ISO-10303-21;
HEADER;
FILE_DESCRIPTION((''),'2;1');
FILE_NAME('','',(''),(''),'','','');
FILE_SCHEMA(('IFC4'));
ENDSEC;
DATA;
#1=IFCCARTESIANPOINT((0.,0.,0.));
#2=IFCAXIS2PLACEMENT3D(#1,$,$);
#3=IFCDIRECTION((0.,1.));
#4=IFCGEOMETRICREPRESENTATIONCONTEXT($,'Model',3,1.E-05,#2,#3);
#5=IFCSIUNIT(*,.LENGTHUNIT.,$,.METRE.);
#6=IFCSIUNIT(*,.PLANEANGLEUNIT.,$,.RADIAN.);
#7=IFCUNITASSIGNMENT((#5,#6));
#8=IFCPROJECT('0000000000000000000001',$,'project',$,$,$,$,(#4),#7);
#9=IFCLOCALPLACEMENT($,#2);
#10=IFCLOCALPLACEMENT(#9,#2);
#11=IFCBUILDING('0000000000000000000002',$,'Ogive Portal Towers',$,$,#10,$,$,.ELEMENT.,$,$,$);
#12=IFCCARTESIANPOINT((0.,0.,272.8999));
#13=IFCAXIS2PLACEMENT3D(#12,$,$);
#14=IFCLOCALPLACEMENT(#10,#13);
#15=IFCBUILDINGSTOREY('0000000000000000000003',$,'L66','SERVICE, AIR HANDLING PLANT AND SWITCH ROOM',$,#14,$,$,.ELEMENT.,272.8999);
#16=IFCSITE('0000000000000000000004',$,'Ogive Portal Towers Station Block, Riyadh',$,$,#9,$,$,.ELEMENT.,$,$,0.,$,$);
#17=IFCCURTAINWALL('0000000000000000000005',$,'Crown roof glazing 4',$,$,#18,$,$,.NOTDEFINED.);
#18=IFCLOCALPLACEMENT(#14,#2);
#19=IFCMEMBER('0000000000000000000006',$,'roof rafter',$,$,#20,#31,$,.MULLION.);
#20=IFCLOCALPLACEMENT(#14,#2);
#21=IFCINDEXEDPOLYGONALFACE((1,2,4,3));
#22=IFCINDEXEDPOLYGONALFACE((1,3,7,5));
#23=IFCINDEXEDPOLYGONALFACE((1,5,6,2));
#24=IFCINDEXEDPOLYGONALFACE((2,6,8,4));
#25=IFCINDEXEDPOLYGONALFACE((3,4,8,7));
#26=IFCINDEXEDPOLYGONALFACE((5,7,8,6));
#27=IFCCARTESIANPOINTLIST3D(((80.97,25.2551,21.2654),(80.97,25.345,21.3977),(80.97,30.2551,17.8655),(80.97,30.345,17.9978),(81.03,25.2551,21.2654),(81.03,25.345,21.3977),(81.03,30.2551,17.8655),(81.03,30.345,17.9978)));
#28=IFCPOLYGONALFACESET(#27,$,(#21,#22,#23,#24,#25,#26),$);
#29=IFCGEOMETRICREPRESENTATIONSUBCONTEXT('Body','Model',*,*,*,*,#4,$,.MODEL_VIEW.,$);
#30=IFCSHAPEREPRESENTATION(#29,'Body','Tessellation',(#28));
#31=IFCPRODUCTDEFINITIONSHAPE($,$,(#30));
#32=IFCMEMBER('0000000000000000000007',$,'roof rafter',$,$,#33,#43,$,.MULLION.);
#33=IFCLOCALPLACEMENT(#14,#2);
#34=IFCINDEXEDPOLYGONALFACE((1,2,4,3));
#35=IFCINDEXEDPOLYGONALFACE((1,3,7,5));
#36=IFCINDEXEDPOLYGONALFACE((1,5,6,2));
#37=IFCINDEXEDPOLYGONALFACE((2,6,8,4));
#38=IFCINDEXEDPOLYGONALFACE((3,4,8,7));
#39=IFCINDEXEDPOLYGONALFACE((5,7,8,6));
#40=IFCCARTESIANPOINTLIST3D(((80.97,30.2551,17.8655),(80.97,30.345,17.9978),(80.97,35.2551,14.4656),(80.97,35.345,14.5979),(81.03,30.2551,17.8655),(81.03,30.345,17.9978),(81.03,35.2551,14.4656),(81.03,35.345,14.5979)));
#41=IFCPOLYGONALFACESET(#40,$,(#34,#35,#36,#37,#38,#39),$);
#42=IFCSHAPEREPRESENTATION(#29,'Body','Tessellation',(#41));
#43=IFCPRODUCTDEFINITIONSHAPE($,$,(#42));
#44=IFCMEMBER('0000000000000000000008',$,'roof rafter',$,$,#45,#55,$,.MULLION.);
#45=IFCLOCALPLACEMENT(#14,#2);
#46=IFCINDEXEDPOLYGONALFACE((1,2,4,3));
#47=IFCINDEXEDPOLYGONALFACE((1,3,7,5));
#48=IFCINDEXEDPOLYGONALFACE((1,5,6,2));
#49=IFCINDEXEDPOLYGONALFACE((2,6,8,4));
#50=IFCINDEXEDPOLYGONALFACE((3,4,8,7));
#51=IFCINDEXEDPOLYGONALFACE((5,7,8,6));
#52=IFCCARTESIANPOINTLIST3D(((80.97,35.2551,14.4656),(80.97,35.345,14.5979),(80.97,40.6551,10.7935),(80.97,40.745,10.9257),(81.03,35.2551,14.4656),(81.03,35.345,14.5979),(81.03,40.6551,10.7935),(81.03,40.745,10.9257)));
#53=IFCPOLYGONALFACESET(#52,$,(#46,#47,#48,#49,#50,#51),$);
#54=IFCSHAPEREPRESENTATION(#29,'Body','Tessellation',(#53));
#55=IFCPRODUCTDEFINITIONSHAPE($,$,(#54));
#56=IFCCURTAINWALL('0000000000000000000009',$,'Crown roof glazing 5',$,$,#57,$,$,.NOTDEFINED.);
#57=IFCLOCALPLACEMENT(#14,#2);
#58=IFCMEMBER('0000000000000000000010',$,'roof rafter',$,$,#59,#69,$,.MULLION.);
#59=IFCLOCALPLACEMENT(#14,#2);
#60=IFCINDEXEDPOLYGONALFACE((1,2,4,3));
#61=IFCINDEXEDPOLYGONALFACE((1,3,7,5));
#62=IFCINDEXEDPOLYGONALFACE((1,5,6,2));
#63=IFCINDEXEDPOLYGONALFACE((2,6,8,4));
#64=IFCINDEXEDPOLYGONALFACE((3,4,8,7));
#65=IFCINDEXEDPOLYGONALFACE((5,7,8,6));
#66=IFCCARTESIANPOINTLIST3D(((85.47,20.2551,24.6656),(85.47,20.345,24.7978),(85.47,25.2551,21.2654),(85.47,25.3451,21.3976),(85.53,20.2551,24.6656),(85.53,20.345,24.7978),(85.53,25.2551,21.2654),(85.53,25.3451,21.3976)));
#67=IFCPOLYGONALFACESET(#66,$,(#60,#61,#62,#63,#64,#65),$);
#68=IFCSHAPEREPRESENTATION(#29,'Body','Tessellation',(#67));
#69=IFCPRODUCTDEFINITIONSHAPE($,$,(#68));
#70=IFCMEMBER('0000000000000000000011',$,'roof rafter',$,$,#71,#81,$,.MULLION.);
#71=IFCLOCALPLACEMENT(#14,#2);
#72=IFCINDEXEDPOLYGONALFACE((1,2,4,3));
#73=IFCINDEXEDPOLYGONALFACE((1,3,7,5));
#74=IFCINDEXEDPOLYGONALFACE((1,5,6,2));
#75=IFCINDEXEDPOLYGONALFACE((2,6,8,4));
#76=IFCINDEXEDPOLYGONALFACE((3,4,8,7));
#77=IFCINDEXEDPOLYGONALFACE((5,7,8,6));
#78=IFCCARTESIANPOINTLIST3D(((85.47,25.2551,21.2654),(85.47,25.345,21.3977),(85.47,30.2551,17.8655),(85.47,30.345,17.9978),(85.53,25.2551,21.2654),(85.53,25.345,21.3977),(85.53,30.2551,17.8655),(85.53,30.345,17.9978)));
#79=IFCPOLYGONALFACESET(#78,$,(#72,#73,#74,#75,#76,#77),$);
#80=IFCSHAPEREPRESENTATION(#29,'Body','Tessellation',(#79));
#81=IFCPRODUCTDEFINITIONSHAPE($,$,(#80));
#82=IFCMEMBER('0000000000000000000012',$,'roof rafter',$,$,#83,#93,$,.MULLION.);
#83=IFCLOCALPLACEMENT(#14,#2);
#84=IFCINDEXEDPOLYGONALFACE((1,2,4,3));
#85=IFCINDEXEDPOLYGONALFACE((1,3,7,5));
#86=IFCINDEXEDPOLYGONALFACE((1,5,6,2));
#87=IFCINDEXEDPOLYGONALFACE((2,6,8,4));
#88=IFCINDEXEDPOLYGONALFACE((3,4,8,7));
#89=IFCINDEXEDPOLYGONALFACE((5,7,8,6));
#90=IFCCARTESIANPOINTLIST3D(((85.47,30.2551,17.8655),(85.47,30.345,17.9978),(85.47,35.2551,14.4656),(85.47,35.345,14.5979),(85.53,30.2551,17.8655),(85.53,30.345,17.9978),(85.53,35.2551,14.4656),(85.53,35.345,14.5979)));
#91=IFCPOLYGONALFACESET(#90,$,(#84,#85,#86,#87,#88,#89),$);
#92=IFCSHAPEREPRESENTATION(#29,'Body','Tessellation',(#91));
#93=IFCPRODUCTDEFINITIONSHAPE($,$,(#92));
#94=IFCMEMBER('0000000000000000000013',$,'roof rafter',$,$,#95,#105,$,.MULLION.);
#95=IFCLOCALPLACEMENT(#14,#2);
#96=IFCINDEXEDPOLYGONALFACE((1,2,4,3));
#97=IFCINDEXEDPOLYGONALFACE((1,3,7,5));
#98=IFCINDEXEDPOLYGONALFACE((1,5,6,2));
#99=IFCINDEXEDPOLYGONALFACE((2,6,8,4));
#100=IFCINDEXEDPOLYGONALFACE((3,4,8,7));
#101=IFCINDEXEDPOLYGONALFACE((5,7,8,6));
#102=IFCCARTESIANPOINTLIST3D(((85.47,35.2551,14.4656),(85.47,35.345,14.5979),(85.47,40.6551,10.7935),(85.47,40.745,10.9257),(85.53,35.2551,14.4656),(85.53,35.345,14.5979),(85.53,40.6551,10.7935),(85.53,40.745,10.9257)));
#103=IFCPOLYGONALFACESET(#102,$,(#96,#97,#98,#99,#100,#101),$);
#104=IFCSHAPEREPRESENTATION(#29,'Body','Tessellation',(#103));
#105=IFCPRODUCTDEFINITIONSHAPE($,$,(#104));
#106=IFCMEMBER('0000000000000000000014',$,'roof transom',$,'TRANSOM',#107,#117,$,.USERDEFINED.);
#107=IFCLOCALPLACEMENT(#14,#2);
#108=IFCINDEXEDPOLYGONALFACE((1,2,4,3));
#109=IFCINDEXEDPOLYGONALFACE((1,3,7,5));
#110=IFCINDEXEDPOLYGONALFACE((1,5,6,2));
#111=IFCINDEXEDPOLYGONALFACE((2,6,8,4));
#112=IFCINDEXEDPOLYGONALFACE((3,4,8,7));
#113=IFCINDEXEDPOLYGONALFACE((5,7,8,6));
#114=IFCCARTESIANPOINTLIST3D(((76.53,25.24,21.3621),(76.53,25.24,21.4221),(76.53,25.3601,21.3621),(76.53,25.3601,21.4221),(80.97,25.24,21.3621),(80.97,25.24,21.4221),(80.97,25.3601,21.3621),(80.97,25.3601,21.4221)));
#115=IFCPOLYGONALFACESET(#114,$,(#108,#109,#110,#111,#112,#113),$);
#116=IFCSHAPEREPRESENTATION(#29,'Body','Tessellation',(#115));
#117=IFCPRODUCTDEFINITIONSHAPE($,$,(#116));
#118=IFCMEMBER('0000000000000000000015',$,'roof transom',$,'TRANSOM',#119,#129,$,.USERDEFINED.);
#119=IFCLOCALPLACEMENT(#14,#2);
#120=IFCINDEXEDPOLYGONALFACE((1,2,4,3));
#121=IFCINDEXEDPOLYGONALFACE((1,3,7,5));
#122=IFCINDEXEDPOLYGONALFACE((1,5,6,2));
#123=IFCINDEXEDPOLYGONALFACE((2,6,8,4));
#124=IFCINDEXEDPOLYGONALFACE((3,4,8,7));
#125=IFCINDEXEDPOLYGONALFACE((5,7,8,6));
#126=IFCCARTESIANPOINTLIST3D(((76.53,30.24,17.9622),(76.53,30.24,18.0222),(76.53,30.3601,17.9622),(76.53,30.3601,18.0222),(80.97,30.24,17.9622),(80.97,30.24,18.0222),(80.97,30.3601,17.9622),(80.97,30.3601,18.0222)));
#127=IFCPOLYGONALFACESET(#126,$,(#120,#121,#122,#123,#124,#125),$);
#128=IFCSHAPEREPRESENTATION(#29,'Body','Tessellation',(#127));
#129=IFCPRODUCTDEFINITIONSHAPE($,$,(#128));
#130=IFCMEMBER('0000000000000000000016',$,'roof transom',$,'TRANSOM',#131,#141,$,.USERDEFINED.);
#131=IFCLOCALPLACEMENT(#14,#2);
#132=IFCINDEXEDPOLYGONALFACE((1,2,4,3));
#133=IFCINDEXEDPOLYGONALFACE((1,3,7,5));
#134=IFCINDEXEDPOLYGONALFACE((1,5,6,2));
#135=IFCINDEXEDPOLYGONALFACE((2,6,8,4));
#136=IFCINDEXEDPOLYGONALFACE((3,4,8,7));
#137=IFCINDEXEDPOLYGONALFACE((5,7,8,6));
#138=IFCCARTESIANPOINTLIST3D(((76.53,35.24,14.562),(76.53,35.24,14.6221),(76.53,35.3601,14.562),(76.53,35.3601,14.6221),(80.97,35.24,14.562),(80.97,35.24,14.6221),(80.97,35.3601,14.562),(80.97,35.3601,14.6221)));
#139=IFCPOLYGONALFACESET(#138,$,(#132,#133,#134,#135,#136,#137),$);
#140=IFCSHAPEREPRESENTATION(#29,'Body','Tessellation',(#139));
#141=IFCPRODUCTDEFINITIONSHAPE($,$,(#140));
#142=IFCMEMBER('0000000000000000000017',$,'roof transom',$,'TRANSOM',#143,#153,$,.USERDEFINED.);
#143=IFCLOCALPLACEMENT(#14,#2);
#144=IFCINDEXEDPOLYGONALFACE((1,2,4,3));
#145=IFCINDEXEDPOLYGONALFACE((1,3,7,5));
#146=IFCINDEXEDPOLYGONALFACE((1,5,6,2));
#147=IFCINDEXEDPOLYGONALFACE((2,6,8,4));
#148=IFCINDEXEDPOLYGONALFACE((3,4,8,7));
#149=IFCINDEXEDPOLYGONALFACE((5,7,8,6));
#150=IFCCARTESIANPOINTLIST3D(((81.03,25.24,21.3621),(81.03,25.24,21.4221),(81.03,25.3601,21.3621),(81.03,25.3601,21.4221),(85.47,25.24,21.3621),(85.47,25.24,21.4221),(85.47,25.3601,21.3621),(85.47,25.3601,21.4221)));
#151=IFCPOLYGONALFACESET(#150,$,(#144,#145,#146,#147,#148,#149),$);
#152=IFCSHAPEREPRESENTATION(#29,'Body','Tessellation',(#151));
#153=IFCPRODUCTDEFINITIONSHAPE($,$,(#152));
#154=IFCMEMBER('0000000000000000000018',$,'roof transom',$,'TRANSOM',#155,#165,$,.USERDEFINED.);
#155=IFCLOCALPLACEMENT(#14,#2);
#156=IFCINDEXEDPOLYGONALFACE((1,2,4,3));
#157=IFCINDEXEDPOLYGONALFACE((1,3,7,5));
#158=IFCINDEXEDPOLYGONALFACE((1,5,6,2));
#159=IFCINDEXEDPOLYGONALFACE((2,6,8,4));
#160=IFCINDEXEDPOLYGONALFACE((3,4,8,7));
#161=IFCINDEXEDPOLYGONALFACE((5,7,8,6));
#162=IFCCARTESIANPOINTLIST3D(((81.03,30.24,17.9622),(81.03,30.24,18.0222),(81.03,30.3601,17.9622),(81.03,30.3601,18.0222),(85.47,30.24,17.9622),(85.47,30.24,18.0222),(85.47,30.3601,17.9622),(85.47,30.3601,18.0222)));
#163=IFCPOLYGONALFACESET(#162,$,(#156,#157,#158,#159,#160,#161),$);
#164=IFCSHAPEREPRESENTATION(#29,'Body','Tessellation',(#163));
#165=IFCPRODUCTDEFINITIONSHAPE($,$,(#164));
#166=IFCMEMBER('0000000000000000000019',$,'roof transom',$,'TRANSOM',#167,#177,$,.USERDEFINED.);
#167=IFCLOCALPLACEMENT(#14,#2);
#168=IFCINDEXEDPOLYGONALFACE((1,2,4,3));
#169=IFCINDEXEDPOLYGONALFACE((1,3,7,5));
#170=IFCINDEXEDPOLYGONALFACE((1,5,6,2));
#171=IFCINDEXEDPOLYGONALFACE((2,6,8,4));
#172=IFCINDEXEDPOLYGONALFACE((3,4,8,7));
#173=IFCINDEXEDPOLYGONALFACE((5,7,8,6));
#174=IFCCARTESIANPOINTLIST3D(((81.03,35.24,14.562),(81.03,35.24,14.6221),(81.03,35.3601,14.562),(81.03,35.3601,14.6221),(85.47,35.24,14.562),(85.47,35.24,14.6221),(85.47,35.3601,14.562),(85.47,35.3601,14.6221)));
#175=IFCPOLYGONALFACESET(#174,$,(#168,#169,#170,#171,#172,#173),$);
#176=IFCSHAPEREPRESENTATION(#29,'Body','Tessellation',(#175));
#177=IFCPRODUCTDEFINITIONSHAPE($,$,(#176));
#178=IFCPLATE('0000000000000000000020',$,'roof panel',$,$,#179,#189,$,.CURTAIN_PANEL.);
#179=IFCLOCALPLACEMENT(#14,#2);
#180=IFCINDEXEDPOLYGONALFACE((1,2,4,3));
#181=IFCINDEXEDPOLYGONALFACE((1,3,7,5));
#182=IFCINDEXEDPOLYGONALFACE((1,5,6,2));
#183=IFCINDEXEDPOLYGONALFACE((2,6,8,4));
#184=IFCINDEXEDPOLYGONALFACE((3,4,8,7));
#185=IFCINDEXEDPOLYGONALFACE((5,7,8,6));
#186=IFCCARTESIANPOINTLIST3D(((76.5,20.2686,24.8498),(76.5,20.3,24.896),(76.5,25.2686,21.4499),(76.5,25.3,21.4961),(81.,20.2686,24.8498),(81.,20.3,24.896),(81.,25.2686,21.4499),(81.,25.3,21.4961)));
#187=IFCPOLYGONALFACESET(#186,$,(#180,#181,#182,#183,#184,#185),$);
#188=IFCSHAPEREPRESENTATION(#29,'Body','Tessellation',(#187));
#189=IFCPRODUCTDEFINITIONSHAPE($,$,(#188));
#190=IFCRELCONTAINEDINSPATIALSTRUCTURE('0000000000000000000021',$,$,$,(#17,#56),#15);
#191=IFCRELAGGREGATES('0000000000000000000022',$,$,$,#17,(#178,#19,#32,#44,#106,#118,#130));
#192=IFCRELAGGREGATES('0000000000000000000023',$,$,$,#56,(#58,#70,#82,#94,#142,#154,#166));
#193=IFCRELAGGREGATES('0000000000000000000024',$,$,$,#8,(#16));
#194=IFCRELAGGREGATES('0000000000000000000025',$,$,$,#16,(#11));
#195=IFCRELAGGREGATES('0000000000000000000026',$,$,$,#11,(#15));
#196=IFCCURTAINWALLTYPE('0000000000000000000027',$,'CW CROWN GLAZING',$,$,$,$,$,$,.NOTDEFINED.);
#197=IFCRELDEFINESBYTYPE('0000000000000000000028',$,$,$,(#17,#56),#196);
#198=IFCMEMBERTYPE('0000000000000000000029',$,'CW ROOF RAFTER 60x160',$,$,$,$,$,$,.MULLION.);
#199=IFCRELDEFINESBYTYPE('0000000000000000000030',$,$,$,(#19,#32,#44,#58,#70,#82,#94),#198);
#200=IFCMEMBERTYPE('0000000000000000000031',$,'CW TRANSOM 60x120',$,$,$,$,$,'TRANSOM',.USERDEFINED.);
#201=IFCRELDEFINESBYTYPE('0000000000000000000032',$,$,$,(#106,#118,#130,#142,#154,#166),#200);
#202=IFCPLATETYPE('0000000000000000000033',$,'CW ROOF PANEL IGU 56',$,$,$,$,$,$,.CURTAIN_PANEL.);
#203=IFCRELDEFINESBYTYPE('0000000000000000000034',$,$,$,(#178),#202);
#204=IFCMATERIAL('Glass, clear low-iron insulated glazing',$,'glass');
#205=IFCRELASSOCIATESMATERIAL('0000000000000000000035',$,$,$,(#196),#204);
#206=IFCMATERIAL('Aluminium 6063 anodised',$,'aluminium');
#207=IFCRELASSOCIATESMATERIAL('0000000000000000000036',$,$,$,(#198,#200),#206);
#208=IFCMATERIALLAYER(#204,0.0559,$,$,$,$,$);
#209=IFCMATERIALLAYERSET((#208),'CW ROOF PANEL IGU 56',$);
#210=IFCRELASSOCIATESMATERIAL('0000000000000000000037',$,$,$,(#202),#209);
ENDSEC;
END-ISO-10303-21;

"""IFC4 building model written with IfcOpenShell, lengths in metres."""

from ifc_helpers import new_model, si_unit, direction, frame, origin, origin_2d, place, context, subcontext, project, spatial, polyline, rectangle, outline, extrude, material, layer, layer_set, material_profile, profile_set, type_object, element, aggregate, save


model = new_model("IFC4")

# Units and contexts
model_context = context("Model", 3, precision=1e-05, world=origin(), true_north=direction((0.0, 1.0)))
body_context = subcontext(model_context, "Body", "Model", "MODEL_VIEW")
ifc_project = project(units=[si_unit("LENGTHUNIT", "METRE"), si_unit("PLANEANGLEUNIT", "RADIAN")], contexts=[model_context])

# Site, building, storey
site_placement = place(None, origin())
site = spatial("IfcSite", under=ifc_project, at=site_placement, Name="Ogive Portal Towers Station Block, Riyadh", CompositionType="ELEMENT", RefElevation=0.0)
building_placement = place(site_placement, origin())
building = spatial("IfcBuilding", under=site, at=building_placement, Name="Ogive Portal Towers", CompositionType="ELEMENT")
storey_placement = place(building_placement, frame((0.0, 0.0, 272.8999)))
storey = spatial("IfcBuildingStorey", under=building, at=storey_placement, Name="L66", Description="SERVICE, AIR HANDLING PLANT AND SWITCH ROOM", CompositionType="ELEMENT", Elevation=272.8999)

# Curtain walls, members
ifc_material_1 = material(Name="Glass, clear low-iron insulated glazing", Category="glass")
curtain_wall_type = type_object("IfcCurtainWallType", Name="CW CROWN GLAZING", PredefinedType="NOTDEFINED", material=ifc_material_1)
curtain_wall_1_placement = place(storey_placement, origin())
curtain_wall_1 = element("IfcCurtainWall", 1, at=curtain_wall_1_placement, inside=storey, type_object=curtain_wall_type, Name="Crown roof glazing 4", PredefinedType="NOTDEFINED")
ifc_material_2 = material(Name="Aluminium 6063 anodised", Category="aluminium")
ifc_material_profile_1 = material_profile(ifc_material_2, rectangle(XDim=0.0601, YDim=0.1599, at=origin_2d()), Name="AL 60x160 rafter")
ifc_profile_set_1 = profile_set([ifc_material_profile_1], Name="Aluminium 6063 anodised")
member_type_1 = type_object("IfcMemberType", Name="CW ROOF RAFTER 60x160", PredefinedType="MULLION", material=ifc_profile_set_1)
member_1_placement = place(storey_placement, frame((81.0, 25.3, 21.3315), z_axis=(0.0, 0.826934, -0.562299), x_axis=(-1.0, 0.0, 0.0)))
member_1 = element("IfcMember", 2, at=member_1_placement, type_object=member_type_1, Name="roof rafter", PredefinedType="MULLION", context=body_context, shape_type="SweptSolid", body=[
    extrude(rectangle(XDim=0.0601, YDim=0.1599, at=origin_2d()), origin(), (0.0, 0.0, 1.0), 6.0464),
])
member_2_placement = place(storey_placement, frame((81.0, 30.3, 17.9316), z_axis=(0.0, 0.826934, -0.562299), x_axis=(-1.0, 0.0, 0.0)))
member_2 = element("IfcMember", 3, at=member_2_placement, type_object=member_type_1, Name="roof rafter", PredefinedType="MULLION", context=body_context, shape_type="SweptSolid", body=[
    extrude(rectangle(XDim=0.0601, YDim=0.1599, at=origin_2d()), origin(), (0.0, 0.0, 1.0), 6.0464),
])
member_3_placement = place(storey_placement, frame((81.0, 35.3, 14.5317), z_axis=(0.0, 0.826913, -0.562329), x_axis=(-1.0, 0.0, 0.0)))
member_3 = element("IfcMember", 4, at=member_3_placement, type_object=member_type_1, Name="roof rafter", PredefinedType="MULLION", context=body_context, shape_type="SweptSolid", body=[
    extrude(rectangle(XDim=0.0601, YDim=0.1599, at=origin_2d()), origin(), (0.0, 0.0, 1.0), 6.5303),
])
curtain_wall_2_placement = place(storey_placement, origin())
curtain_wall_2 = element("IfcCurtainWall", 5, at=curtain_wall_2_placement, inside=storey, type_object=curtain_wall_type, Name="Crown roof glazing 5", PredefinedType="NOTDEFINED")
member_4_placement = place(storey_placement, frame((85.5, 20.3, 24.7317), z_axis=(0.0, 0.826915, -0.562327), x_axis=(-1.0, 0.0, 0.0)))
member_4 = element("IfcMember", 6, at=member_4_placement, type_object=member_type_1, Name="roof rafter", PredefinedType="MULLION", context=body_context, shape_type="SweptSolid", body=[
    extrude(rectangle(XDim=0.0601, YDim=0.1599, at=origin_2d()), origin(), (0.0, 0.0, 1.0), 6.0466),
])
member_5_placement = place(storey_placement, frame((85.5, 25.3, 21.3315), z_axis=(0.0, 0.826934, -0.562299), x_axis=(-1.0, 0.0, 0.0)))
member_5 = element("IfcMember", 7, at=member_5_placement, type_object=member_type_1, Name="roof rafter", PredefinedType="MULLION", context=body_context, shape_type="SweptSolid", body=[
    extrude(rectangle(XDim=0.0601, YDim=0.1599, at=origin_2d()), origin(), (0.0, 0.0, 1.0), 6.0464),
])
member_6_placement = place(storey_placement, frame((85.5, 30.3, 17.9316), z_axis=(0.0, 0.826934, -0.562299), x_axis=(-1.0, 0.0, 0.0)))
member_6 = element("IfcMember", 8, at=member_6_placement, type_object=member_type_1, Name="roof rafter", PredefinedType="MULLION", context=body_context, shape_type="SweptSolid", body=[
    extrude(rectangle(XDim=0.0601, YDim=0.1599, at=origin_2d()), origin(), (0.0, 0.0, 1.0), 6.0464),
])
member_7_placement = place(storey_placement, frame((85.5, 35.3, 14.5317), z_axis=(0.0, 0.826913, -0.562329), x_axis=(-1.0, 0.0, 0.0)))
member_7 = element("IfcMember", 9, at=member_7_placement, type_object=member_type_1, Name="roof rafter", PredefinedType="MULLION", context=body_context, shape_type="SweptSolid", body=[
    extrude(rectangle(XDim=0.0601, YDim=0.1599, at=origin_2d()), origin(), (0.0, 0.0, 1.0), 6.5303),
])

# Members
ifc_material_profile_2 = material_profile(ifc_material_2, rectangle(XDim=0.1201, YDim=0.0601, at=origin_2d()), Name="AL 120x60")
ifc_profile_set_2 = profile_set([ifc_material_profile_2], Name="Aluminium 6063 anodised")
member_type_2 = type_object("IfcMemberType", Name="CW TRANSOM 60x120", ElementType="TRANSOM", PredefinedType="USERDEFINED", material=ifc_profile_set_2)
member_8_placement = place(storey_placement, frame((76.53, 25.3, 21.3921), z_axis=(1.0, 0.0, 0.0), x_axis=(0.0, 1.0, 0.0)))
member_8 = element("IfcMember", 10, at=member_8_placement, type_object=member_type_2, Name="roof transom", ObjectType="TRANSOM", PredefinedType="USERDEFINED", context=body_context, shape_type="SweptSolid", body=[
    extrude(rectangle(XDim=0.1201, YDim=0.0601, at=origin_2d()), origin(), (0.0, 0.0, 1.0), 4.4399),
])
member_9_placement = place(storey_placement, frame((76.53, 30.3, 17.9922), z_axis=(1.0, 0.0, 0.0), x_axis=(0.0, 1.0, 0.0)))
member_9 = element("IfcMember", 11, at=member_9_placement, type_object=member_type_2, Name="roof transom", ObjectType="TRANSOM", PredefinedType="USERDEFINED", context=body_context, shape_type="SweptSolid", body=[
    extrude(rectangle(XDim=0.1201, YDim=0.0601, at=origin_2d()), origin(), (0.0, 0.0, 1.0), 4.4399),
])
member_10_placement = place(storey_placement, frame((76.53, 35.3, 14.592), z_axis=(1.0, 0.0, 0.0), x_axis=(0.0, 1.0, 0.0)))
member_10 = element("IfcMember", 12, at=member_10_placement, type_object=member_type_2, Name="roof transom", ObjectType="TRANSOM", PredefinedType="USERDEFINED", context=body_context, shape_type="SweptSolid", body=[
    extrude(rectangle(XDim=0.1201, YDim=0.0601, at=origin_2d()), origin(), (0.0, 0.0, 1.0), 4.4399),
])
member_11_placement = place(storey_placement, frame((81.03, 25.3, 21.3921), z_axis=(1.0, 0.0, 0.0), x_axis=(0.0, 1.0, 0.0)))
member_11 = element("IfcMember", 13, at=member_11_placement, type_object=member_type_2, Name="roof transom", ObjectType="TRANSOM", PredefinedType="USERDEFINED", context=body_context, shape_type="SweptSolid", body=[
    extrude(rectangle(XDim=0.1201, YDim=0.0601, at=origin_2d()), origin(), (0.0, 0.0, 1.0), 4.4399),
])
member_12_placement = place(storey_placement, frame((81.03, 30.3, 17.9922), z_axis=(1.0, 0.0, 0.0), x_axis=(0.0, 1.0, 0.0)))
member_12 = element("IfcMember", 14, at=member_12_placement, type_object=member_type_2, Name="roof transom", ObjectType="TRANSOM", PredefinedType="USERDEFINED", context=body_context, shape_type="SweptSolid", body=[
    extrude(rectangle(XDim=0.1201, YDim=0.0601, at=origin_2d()), origin(), (0.0, 0.0, 1.0), 4.4399),
])
member_13_placement = place(storey_placement, frame((81.03, 35.3, 14.592), z_axis=(1.0, 0.0, 0.0), x_axis=(0.0, 1.0, 0.0)))
member_13 = element("IfcMember", 15, at=member_13_placement, type_object=member_type_2, Name="roof transom", ObjectType="TRANSOM", PredefinedType="USERDEFINED", context=body_context, shape_type="SweptSolid", body=[
    extrude(rectangle(XDim=0.1201, YDim=0.0601, at=origin_2d()), origin(), (0.0, 0.0, 1.0), 4.4399),
])

# Plate
ifc_layer_1 = layer(ifc_material_1, 0.0559)
ifc_layer_set_1 = layer_set([ifc_layer_1], Name="CW ROOF PANEL IGU 56")
plate_type = type_object("IfcPlateType", Name="CW ROOF PANEL IGU 56", PredefinedType="CURTAIN_PANEL", material=ifc_layer_set_1)
plate_1_placement = place(storey_placement, frame((81.0, 20.3, 24.896), z_axis=(0.0, 0.562299, 0.826934), x_axis=(0.0, 0.826934, -0.562299)))
plate_1 = element("IfcPlate", 16, at=plate_1_placement, type_object=plate_type, Name="roof panel", PredefinedType="CURTAIN_PANEL", context=body_context, shape_type="SweptSolid", body=[
    extrude(outline(polyline([(0.0, 0.0), (6.0464, 0.0), (6.0464, 4.5), (0.0, 4.5), (0.0, 0.0)])), origin(), (0.0, 0.0, -1.0), 0.0559),
])
aggregate(curtain_wall_1, [plate_1, member_1, member_2, member_3, member_8, member_9, member_10])
aggregate(curtain_wall_2, [member_4, member_5, member_6, member_7, member_11, member_12, member_13])

save(model, "model.ifc")
